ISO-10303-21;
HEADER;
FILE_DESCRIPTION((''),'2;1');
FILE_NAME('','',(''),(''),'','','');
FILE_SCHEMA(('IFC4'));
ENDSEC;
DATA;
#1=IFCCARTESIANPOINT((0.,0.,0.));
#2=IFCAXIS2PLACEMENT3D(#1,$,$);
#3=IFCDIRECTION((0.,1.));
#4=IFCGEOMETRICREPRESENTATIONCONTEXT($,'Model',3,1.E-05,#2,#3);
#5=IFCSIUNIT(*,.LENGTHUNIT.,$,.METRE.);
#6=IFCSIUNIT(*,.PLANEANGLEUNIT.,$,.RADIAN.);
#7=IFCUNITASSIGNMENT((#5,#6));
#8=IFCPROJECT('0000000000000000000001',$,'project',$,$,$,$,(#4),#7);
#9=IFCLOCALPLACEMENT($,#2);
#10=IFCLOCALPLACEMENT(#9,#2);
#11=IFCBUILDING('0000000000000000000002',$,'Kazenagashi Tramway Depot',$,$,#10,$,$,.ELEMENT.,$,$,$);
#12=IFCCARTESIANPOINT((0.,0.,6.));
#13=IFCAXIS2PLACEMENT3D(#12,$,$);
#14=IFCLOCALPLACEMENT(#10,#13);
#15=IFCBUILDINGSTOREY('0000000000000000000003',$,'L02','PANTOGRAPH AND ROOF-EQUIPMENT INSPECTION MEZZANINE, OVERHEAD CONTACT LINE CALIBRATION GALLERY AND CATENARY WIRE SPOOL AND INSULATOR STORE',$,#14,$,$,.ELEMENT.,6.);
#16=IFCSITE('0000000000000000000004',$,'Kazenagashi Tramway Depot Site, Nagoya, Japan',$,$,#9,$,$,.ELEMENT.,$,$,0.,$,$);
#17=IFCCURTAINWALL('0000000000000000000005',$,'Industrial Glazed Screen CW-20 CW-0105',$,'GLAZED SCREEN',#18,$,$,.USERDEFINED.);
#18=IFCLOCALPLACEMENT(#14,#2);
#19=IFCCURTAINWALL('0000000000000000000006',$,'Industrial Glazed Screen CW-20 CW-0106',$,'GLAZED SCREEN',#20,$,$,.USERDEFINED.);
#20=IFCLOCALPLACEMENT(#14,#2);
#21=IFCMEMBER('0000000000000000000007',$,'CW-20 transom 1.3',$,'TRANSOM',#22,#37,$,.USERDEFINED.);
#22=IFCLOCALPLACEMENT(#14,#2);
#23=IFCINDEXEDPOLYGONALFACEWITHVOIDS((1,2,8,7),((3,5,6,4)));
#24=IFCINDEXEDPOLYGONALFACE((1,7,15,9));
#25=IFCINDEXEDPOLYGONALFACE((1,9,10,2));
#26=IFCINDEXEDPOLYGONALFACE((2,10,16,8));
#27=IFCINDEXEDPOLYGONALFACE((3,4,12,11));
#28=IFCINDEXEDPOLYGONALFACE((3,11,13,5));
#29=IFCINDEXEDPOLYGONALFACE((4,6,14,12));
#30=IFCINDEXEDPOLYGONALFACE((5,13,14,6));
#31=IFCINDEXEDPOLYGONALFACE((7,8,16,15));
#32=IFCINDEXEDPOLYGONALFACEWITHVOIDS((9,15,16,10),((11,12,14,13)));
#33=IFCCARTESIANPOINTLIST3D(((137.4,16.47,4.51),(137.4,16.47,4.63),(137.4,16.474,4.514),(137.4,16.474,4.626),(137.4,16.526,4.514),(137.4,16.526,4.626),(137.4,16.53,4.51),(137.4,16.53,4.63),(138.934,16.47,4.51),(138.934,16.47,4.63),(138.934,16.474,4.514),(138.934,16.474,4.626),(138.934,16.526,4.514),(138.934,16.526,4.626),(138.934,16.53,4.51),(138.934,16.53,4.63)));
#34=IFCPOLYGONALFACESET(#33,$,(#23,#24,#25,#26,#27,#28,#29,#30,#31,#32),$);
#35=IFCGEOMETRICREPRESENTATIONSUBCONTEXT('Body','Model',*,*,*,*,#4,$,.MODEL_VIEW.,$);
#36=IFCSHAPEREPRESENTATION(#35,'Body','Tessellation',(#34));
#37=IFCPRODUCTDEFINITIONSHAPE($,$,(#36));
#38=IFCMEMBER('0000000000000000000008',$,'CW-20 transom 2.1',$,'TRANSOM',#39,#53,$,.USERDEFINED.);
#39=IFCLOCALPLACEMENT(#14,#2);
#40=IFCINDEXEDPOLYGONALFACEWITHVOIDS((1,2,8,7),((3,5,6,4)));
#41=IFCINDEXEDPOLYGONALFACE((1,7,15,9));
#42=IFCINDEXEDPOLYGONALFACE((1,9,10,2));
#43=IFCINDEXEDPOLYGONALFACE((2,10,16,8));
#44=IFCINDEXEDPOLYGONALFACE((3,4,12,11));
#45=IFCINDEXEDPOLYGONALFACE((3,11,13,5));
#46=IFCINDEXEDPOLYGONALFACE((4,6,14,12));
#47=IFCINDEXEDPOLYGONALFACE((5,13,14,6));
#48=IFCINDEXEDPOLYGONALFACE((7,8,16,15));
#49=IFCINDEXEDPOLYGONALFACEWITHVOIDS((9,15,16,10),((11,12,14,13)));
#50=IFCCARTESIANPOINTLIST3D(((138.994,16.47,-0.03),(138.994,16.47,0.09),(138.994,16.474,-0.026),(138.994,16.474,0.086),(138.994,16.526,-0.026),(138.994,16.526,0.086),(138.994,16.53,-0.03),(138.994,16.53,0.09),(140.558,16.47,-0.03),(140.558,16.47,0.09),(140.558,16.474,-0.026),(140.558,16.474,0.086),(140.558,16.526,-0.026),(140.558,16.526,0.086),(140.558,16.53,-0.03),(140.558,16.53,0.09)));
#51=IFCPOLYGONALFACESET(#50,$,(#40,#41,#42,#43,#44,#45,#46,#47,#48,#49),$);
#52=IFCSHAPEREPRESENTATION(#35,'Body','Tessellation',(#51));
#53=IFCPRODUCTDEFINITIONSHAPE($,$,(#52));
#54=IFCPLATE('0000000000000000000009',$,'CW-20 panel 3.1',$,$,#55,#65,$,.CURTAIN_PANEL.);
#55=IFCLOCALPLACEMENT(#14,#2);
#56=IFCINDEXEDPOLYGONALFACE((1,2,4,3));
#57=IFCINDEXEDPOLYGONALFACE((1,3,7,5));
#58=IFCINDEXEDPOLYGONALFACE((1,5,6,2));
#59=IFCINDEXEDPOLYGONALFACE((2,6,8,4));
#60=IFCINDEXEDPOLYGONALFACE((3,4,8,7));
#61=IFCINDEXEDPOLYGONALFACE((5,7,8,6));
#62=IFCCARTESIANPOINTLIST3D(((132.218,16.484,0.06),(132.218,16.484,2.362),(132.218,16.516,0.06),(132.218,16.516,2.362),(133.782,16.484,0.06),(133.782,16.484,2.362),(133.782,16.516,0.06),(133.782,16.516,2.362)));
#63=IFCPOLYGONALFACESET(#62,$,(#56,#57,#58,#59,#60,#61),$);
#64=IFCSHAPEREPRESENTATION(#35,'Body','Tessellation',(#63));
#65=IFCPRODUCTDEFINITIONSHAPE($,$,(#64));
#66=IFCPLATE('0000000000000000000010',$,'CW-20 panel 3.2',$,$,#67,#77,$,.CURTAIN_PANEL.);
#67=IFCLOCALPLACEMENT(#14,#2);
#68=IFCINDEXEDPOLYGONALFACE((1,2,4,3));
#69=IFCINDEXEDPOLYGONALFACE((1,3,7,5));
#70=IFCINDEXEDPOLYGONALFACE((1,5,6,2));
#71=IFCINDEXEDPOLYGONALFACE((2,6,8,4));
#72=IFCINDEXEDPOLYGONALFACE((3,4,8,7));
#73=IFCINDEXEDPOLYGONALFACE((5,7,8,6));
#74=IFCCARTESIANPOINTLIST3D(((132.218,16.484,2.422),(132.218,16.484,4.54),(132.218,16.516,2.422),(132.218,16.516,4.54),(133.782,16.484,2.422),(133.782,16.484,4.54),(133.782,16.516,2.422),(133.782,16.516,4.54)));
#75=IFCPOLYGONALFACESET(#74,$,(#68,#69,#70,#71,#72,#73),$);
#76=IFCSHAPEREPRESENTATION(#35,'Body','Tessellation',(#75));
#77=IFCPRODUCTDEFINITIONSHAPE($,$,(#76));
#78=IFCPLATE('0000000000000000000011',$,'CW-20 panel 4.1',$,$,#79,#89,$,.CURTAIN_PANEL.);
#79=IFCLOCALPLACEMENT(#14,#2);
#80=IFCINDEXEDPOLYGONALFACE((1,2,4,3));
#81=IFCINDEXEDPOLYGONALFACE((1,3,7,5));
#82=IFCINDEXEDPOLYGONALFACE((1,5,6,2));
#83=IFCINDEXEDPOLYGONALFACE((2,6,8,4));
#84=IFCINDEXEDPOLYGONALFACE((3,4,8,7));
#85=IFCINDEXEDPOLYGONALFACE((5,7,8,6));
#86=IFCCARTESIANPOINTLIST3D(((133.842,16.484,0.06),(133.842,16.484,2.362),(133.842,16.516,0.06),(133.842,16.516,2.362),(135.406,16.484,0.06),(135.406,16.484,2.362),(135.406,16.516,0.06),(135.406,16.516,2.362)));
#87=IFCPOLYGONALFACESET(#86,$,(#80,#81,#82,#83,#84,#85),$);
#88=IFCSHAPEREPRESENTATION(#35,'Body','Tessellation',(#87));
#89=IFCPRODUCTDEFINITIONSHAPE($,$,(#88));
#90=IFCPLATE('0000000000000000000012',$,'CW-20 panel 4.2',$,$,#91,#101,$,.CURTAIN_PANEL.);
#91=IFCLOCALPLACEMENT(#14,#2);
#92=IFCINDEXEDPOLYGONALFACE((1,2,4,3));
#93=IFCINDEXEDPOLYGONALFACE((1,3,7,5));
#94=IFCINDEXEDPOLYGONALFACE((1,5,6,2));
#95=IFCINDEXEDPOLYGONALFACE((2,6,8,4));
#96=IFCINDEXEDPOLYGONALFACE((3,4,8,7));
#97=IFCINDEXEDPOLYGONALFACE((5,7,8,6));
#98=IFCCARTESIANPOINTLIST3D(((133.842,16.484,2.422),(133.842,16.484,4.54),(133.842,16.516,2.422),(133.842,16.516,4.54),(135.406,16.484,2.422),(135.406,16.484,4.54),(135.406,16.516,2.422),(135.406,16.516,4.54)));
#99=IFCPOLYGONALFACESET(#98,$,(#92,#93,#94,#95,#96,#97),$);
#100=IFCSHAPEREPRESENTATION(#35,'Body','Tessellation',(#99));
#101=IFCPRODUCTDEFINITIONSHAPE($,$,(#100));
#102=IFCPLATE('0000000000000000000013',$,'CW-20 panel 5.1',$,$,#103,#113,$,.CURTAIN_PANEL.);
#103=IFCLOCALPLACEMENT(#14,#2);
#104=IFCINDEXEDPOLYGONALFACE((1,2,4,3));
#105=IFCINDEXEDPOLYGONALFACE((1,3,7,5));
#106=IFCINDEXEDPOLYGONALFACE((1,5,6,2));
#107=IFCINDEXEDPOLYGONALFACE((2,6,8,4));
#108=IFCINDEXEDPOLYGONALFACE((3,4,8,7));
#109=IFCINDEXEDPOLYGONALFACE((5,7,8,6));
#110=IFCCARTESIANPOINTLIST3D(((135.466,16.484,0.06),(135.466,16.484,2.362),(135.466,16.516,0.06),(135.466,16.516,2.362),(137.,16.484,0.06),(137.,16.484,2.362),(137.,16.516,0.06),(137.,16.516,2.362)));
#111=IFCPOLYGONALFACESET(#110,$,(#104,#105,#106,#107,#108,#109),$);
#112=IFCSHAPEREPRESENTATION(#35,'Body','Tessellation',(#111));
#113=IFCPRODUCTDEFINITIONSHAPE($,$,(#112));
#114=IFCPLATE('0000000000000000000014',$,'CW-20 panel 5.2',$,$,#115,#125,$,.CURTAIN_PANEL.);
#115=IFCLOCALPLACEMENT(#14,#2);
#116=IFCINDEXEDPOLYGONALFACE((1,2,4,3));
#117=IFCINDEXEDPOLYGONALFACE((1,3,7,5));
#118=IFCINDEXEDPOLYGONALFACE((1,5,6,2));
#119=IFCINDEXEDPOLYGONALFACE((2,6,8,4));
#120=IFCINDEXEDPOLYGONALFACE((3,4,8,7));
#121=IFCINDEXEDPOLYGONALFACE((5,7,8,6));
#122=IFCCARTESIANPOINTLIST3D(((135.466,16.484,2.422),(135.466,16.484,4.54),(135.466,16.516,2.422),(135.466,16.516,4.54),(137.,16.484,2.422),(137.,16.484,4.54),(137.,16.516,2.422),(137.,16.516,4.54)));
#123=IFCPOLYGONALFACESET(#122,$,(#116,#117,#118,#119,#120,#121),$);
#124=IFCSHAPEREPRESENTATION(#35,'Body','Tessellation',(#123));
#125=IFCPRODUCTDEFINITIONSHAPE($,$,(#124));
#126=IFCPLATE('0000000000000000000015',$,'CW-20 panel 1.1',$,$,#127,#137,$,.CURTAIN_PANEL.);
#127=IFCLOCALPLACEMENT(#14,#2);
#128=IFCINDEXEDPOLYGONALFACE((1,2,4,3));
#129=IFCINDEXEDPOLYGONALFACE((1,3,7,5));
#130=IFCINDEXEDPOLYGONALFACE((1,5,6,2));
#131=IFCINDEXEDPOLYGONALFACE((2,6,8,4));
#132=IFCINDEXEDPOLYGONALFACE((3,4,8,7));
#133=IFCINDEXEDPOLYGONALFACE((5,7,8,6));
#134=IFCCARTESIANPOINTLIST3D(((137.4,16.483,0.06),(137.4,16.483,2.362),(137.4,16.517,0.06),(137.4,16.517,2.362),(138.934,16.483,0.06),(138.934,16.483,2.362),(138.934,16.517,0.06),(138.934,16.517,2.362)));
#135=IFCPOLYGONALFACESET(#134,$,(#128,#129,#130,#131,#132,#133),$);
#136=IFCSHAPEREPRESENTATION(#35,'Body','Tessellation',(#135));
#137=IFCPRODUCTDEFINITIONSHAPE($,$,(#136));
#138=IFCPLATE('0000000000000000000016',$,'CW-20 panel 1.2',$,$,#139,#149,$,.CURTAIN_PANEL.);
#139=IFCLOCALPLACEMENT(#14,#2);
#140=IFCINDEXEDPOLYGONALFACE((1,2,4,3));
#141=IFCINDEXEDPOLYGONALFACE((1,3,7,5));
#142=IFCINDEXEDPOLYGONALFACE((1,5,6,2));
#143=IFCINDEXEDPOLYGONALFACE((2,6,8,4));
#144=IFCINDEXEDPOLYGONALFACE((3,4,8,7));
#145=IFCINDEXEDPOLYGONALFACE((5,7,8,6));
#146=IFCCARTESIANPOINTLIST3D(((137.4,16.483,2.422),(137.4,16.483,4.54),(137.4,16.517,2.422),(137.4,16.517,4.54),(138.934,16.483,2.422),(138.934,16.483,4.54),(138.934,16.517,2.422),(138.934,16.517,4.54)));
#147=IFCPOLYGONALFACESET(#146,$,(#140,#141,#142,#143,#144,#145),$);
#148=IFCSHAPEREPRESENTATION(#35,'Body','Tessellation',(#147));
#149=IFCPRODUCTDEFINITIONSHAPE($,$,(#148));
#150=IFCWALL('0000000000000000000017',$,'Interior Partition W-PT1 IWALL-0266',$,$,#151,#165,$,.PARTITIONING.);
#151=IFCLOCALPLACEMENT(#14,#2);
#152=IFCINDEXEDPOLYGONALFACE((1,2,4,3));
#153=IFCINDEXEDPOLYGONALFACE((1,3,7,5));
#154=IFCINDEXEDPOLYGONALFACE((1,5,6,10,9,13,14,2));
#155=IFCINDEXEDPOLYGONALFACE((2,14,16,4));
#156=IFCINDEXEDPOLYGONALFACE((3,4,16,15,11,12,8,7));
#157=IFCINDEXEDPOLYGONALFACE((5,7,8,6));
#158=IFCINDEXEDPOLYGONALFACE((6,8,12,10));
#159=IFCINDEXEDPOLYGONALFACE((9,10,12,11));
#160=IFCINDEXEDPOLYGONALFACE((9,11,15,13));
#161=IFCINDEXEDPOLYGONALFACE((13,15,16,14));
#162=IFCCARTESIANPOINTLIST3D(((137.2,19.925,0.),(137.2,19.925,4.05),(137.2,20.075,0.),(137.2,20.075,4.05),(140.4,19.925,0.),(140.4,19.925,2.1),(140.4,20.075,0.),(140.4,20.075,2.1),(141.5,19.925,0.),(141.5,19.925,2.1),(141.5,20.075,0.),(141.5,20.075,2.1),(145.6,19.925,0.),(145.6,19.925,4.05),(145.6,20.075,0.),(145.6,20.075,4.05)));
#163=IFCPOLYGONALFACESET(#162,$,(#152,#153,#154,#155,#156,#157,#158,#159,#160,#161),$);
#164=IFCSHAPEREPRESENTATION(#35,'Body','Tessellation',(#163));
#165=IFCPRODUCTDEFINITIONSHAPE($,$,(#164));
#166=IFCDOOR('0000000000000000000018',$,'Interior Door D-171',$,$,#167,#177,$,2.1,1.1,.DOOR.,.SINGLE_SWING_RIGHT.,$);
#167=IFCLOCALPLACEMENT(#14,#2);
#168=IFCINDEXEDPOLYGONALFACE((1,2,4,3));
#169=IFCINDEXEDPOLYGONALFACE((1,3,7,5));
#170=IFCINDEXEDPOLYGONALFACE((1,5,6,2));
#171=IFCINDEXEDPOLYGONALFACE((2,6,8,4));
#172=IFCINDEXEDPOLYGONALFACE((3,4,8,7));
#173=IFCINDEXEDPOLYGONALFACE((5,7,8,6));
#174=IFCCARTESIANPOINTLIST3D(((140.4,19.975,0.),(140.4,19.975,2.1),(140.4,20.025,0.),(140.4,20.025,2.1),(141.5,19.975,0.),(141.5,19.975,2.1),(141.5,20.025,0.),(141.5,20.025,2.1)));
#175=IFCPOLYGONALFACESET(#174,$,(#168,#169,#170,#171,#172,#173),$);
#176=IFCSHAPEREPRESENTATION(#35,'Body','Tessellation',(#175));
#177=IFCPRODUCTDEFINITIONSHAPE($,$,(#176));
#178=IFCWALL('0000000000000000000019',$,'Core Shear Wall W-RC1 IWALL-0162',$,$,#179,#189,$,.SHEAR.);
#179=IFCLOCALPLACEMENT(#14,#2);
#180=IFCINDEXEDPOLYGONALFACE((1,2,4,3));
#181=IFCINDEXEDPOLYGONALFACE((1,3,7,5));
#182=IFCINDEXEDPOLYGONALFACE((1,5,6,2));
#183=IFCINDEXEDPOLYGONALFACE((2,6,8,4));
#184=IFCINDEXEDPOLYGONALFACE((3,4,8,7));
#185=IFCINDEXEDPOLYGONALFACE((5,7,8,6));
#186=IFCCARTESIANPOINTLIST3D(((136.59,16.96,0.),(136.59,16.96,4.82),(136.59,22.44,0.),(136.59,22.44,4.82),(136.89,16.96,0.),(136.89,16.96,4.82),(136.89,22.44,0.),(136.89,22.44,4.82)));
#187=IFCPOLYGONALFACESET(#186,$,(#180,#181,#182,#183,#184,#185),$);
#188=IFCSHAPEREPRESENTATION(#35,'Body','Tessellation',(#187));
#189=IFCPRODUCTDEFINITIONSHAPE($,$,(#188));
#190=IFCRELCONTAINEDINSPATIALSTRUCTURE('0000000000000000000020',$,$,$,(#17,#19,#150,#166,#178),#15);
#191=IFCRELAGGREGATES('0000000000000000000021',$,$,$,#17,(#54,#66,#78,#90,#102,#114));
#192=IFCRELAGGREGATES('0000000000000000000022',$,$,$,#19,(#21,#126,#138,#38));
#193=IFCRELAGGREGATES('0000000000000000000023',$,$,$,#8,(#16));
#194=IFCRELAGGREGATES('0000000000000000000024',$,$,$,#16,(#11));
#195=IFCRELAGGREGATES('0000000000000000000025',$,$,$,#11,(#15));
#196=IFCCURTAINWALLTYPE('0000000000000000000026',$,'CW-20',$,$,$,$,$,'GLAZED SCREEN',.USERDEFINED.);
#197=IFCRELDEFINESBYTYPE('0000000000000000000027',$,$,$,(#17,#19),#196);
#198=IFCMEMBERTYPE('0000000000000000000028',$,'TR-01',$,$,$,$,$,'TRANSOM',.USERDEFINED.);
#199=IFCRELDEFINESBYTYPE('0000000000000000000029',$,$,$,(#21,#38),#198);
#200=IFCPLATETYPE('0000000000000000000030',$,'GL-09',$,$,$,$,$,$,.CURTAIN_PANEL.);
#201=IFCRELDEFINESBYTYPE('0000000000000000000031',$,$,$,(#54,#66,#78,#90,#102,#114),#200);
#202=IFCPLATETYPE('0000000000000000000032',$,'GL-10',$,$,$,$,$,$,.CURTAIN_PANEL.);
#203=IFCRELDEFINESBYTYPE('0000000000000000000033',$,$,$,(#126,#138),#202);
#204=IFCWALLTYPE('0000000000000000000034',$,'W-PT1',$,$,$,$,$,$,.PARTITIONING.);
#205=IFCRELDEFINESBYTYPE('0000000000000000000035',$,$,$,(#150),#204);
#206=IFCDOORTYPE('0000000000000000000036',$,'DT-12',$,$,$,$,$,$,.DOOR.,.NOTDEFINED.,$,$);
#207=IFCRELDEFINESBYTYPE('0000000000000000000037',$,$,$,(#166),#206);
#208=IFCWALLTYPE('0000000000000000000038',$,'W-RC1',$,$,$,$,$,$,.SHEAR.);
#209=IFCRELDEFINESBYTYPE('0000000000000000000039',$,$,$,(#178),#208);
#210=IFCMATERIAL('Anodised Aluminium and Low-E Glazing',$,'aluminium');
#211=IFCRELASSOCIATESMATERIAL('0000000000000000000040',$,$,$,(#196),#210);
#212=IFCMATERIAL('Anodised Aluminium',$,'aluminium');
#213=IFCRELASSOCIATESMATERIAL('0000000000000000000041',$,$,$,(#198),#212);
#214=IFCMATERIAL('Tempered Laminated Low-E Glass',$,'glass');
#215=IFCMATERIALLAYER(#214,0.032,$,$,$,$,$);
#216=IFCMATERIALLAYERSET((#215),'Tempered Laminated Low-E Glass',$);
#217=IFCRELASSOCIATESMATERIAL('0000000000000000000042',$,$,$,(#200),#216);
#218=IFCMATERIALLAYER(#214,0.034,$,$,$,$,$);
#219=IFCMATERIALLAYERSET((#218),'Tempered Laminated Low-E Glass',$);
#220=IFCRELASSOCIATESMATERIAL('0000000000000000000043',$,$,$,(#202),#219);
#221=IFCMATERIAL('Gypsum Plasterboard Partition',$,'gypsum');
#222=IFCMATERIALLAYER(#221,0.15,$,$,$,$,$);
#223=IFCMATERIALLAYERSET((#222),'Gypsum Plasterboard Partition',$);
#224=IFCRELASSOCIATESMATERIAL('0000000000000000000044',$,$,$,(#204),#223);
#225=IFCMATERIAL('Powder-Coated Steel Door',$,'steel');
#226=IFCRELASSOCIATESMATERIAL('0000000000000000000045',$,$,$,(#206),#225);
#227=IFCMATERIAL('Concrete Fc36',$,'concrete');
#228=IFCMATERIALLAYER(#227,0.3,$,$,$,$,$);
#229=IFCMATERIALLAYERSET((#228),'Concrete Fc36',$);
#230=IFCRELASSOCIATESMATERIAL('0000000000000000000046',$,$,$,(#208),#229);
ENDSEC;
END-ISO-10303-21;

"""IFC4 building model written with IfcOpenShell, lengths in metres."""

from ifc_helpers import new_model, si_unit, direction, frame, frame_2d, origin, origin_2d, place, context, subcontext, project, spatial, rectangle, hollow_rectangle, extrude, material, layer, layer_set, material_profile, profile_set, type_object, element, fill, aggregate, save


model = new_model("IFC4")

# Units and contexts
model_context = context("Model", 3, precision=1e-05, world=origin(), true_north=direction((0.0, 1.0)))
body_context = subcontext(model_context, "Body", "Model", "MODEL_VIEW")
ifc_project = project(units=[si_unit("LENGTHUNIT", "METRE"), si_unit("PLANEANGLEUNIT", "RADIAN")], contexts=[model_context])

# Site, building, storey
site_placement = place(None, origin())
site = spatial("IfcSite", under=ifc_project, at=site_placement, Name="Kazenagashi Tramway Depot Site, Nagoya, Japan", CompositionType="ELEMENT", RefElevation=0.0)
building_placement = place(site_placement, origin())
building = spatial("IfcBuilding", under=site, at=building_placement, Name="Kazenagashi Tramway Depot", CompositionType="ELEMENT")
storey_placement = place(building_placement, frame((0.0, 0.0, 6.0)))
storey = spatial("IfcBuildingStorey", under=building, at=storey_placement, Name="L02", Description="PANTOGRAPH AND ROOF-EQUIPMENT INSPECTION MEZZANINE, OVERHEAD CONTACT LINE CALIBRATION GALLERY AND CATENARY WIRE SPOOL AND INSULATOR STORE", CompositionType="ELEMENT", Elevation=6.0)

# Curtain walls
ifc_material_1 = material(Name="Anodised Aluminium and Low-E Glazing", Category="aluminium")
curtain_wall_type = type_object("IfcCurtainWallType", Name="CW-20", ElementType="GLAZED SCREEN", PredefinedType="USERDEFINED", material=ifc_material_1)
curtain_wall_1_placement = place(storey_placement, origin())
curtain_wall_1 = element("IfcCurtainWall", 1, at=curtain_wall_1_placement, inside=storey, type_object=curtain_wall_type, Name="Industrial Glazed Screen CW-20 CW-0105", ObjectType="GLAZED SCREEN", PredefinedType="USERDEFINED")
ifc_material_2 = material(Name="Anodised Aluminium", Category="aluminium")
curtain_wall_2_placement = place(storey_placement, origin())
curtain_wall_2 = element("IfcCurtainWall", 2, at=curtain_wall_2_placement, inside=storey, type_object=curtain_wall_type, Name="Industrial Glazed Screen CW-20 CW-0106", ObjectType="GLAZED SCREEN", PredefinedType="USERDEFINED")

# Members
ifc_material_profile_1 = material_profile(ifc_material_2, hollow_rectangle(XDim=0.06, YDim=0.12, WallThickness=0.004, at=origin_2d()), Name="RHS-120x60x4")
ifc_profile_set_1 = profile_set([ifc_material_profile_1], Name="Anodised Aluminium")
member_type_1 = type_object("IfcMemberType", Name="TR-01", ElementType="TRANSOM", PredefinedType="USERDEFINED", material=ifc_profile_set_1)
member_1_placement = place(storey_placement, frame((137.4, 16.5, 4.57), z_axis=(1.0, 0.0, 0.0), x_axis=(0.0, 1.0, 0.0)))
member_1 = element("IfcMember", 3, at=member_1_placement, type_object=member_type_1, Name="CW-20 transom 1.3", ObjectType="TRANSOM", PredefinedType="USERDEFINED", context=body_context, shape_type="SweptSolid", body=[
    extrude(hollow_rectangle(XDim=0.06, YDim=0.12, WallThickness=0.004, at=origin_2d()), origin(), (0.0, 0.0, 1.0), 1.534),
])
member_2_placement = place(storey_placement, frame((138.994, 16.5, 0.03), z_axis=(1.0, 0.0, 0.0), x_axis=(0.0, 1.0, 0.0)))
member_2 = element("IfcMember", 4, at=member_2_placement, type_object=member_type_1, Name="CW-20 transom 2.1", ObjectType="TRANSOM", PredefinedType="USERDEFINED", context=body_context, shape_type="SweptSolid", body=[
    extrude(hollow_rectangle(XDim=0.06, YDim=0.12, WallThickness=0.004, at=origin_2d()), origin(), (0.0, 0.0, 1.0), 1.564),
])

# Plates
ifc_material_3 = material(Name="Tempered Laminated Low-E Glass", Category="glass")
ifc_layer_1 = layer(ifc_material_3, 0.032)
ifc_layer_set_1 = layer_set([ifc_layer_1], Name="Tempered Laminated Low-E Glass")
plate_type_1 = type_object("IfcPlateType", Name="GL-09", PredefinedType="CURTAIN_PANEL", material=ifc_layer_set_1)
plate_1_placement = place(storey_placement, frame((133.0, 16.5, 0.06), z_axis=(0.0, 0.0, 1.0), x_axis=(1.0, 0.0, 0.0)))
plate_1 = element("IfcPlate", 5, at=plate_1_placement, type_object=plate_type_1, Name="CW-20 panel 3.1", PredefinedType="CURTAIN_PANEL", context=body_context, shape_type="SweptSolid", body=[
    extrude(rectangle(XDim=1.564, YDim=0.032, at=origin_2d()), origin(), (0.0, 0.0, 1.0), 2.302),
])
plate_2_placement = place(storey_placement, frame((133.0, 16.5, 2.422), z_axis=(0.0, 0.0, 1.0), x_axis=(1.0, 0.0, 0.0)))
plate_2 = element("IfcPlate", 6, at=plate_2_placement, type_object=plate_type_1, Name="CW-20 panel 3.2", PredefinedType="CURTAIN_PANEL", context=body_context, shape_type="SweptSolid", body=[
    extrude(rectangle(XDim=1.564, YDim=0.032, at=origin_2d()), origin(), (0.0, 0.0, 1.0), 2.118),
])
plate_3_placement = place(storey_placement, frame((134.624, 16.5, 0.06), z_axis=(0.0, 0.0, 1.0), x_axis=(1.0, 0.0, 0.0)))
plate_3 = element("IfcPlate", 7, at=plate_3_placement, type_object=plate_type_1, Name="CW-20 panel 4.1", PredefinedType="CURTAIN_PANEL", context=body_context, shape_type="SweptSolid", body=[
    extrude(rectangle(XDim=1.564, YDim=0.032, at=origin_2d()), origin(), (0.0, 0.0, 1.0), 2.302),
])
plate_4_placement = place(storey_placement, frame((134.624, 16.5, 2.422), z_axis=(0.0, 0.0, 1.0), x_axis=(1.0, 0.0, 0.0)))
plate_4 = element("IfcPlate", 8, at=plate_4_placement, type_object=plate_type_1, Name="CW-20 panel 4.2", PredefinedType="CURTAIN_PANEL", context=body_context, shape_type="SweptSolid", body=[
    extrude(rectangle(XDim=1.564, YDim=0.032, at=origin_2d()), origin(), (0.0, 0.0, 1.0), 2.118),
])
plate_5_placement = place(storey_placement, frame((136.233, 16.5, 0.06), z_axis=(0.0, 0.0, 1.0), x_axis=(1.0, 0.0, 0.0)))
plate_5 = element("IfcPlate", 9, at=plate_5_placement, type_object=plate_type_1, Name="CW-20 panel 5.1", PredefinedType="CURTAIN_PANEL", context=body_context, shape_type="SweptSolid", body=[
    extrude(rectangle(XDim=1.534, YDim=0.032, at=origin_2d()), origin(), (0.0, 0.0, 1.0), 2.302),
])
plate_6_placement = place(storey_placement, frame((136.233, 16.5, 2.422), z_axis=(0.0, 0.0, 1.0), x_axis=(1.0, 0.0, 0.0)))
plate_6 = element("IfcPlate", 10, at=plate_6_placement, type_object=plate_type_1, Name="CW-20 panel 5.2", PredefinedType="CURTAIN_PANEL", context=body_context, shape_type="SweptSolid", body=[
    extrude(rectangle(XDim=1.534, YDim=0.032, at=origin_2d()), origin(), (0.0, 0.0, 1.0), 2.118),
])
aggregate(curtain_wall_1, [plate_1, plate_2, plate_3, plate_4, plate_5, plate_6])
ifc_layer_2 = layer(ifc_material_3, 0.034)
ifc_layer_set_2 = layer_set([ifc_layer_2], Name="Tempered Laminated Low-E Glass")
plate_type_2 = type_object("IfcPlateType", Name="GL-10", PredefinedType="CURTAIN_PANEL", material=ifc_layer_set_2)
plate_7_placement = place(storey_placement, frame((138.167, 16.5, 0.06), z_axis=(0.0, 0.0, 1.0), x_axis=(1.0, 0.0, 0.0)))
plate_7 = element("IfcPlate", 11, at=plate_7_placement, type_object=plate_type_2, Name="CW-20 panel 1.1", PredefinedType="CURTAIN_PANEL", context=body_context, shape_type="SweptSolid", body=[
    extrude(rectangle(XDim=1.534, YDim=0.034, at=origin_2d()), origin(), (0.0, 0.0, 1.0), 2.302),
])
plate_8_placement = place(storey_placement, frame((138.167, 16.5, 2.422), z_axis=(0.0, 0.0, 1.0), x_axis=(1.0, 0.0, 0.0)))
plate_8 = element("IfcPlate", 12, at=plate_8_placement, type_object=plate_type_2, Name="CW-20 panel 1.2", PredefinedType="CURTAIN_PANEL", context=body_context, shape_type="SweptSolid", body=[
    extrude(rectangle(XDim=1.534, YDim=0.034, at=origin_2d()), origin(), (0.0, 0.0, 1.0), 2.118),
])
aggregate(curtain_wall_2, [member_1, plate_7, plate_8, member_2])

# Wall, opening, door
ifc_material_4 = material(Name="Gypsum Plasterboard Partition", Category="gypsum")
ifc_layer_3 = layer(ifc_material_4, 0.15)
ifc_layer_set_3 = layer_set([ifc_layer_3], Name="Gypsum Plasterboard Partition")
wall_type_1 = type_object("IfcWallType", Name="W-PT1", PredefinedType="PARTITIONING", material=ifc_layer_set_3)
wall_1_placement = place(storey_placement, frame((137.2, 20.0, 0.0), z_axis=(0.0, 0.0, 1.0), x_axis=(1.0, 0.0, 0.0)))
wall_1 = element("IfcWall", 13, at=wall_1_placement, inside=storey, type_object=wall_type_1, Name="Interior Partition W-PT1 IWALL-0266", PredefinedType="PARTITIONING", context=body_context, shape_type="SweptSolid", body=[
    extrude(rectangle(XDim=8.4, YDim=0.15, at=frame_2d((4.2, 0.0))), origin(), (0.0, 0.0, 1.0), 4.05),
])
opening_1_placement = place(wall_1_placement, frame((3.2, 0.0, 0.0)))
opening_1 = element("IfcOpeningElement", 14, at=opening_1_placement, cuts=wall_1, PredefinedType="OPENING", context=body_context, shape_type="SweptSolid", body=[
    extrude(rectangle(XDim=1.1, YDim=2.1, at=frame_2d((0.55, 1.05))), frame((0.0, 0.085, 0.0), z_axis=(0.0, -1.0, 0.0), x_axis=(1.0, 0.0, 0.0)), (0.0, 0.0, 1.0), 0.17),
])
ifc_material_5 = material(Name="Powder-Coated Steel Door", Category="steel")
door_type_1 = type_object("IfcDoorType", Name="DT-12", OperationType="NOTDEFINED", PredefinedType="DOOR", material=ifc_material_5)
door_1_placement = place(opening_1_placement, origin())
door_1 = element("IfcDoor", 15, at=door_1_placement, inside=storey, type_object=door_type_1, Name="Interior Door D-171", OperationType="SINGLE_SWING_RIGHT", OverallHeight=2.1, OverallWidth=1.1, PredefinedType="DOOR", context=body_context, shape_type="SweptSolid", body=[
    extrude(rectangle(XDim=1.1, YDim=2.1, at=frame_2d((0.55, 1.05))), frame((0.0, 0.025, 0.0), z_axis=(0.0, -1.0, 0.0), x_axis=(1.0, 0.0, 0.0)), (0.0, 0.0, 1.0), 0.05),
])
fill(opening_1, door_1)

# Wall
ifc_material_6 = material(Name="Concrete Fc36", Category="concrete")
ifc_layer_4 = layer(ifc_material_6, 0.3)
ifc_layer_set_4 = layer_set([ifc_layer_4], Name="Concrete Fc36")
wall_type_2 = type_object("IfcWallType", Name="W-RC1", PredefinedType="SHEAR", material=ifc_layer_set_4)
wall_2_placement = place(storey_placement, frame((136.74, 16.96, 0.0), z_axis=(0.0, 0.0, 1.0), x_axis=(0.0, 1.0, 0.0)))
element("IfcWall", 16, at=wall_2_placement, inside=storey, type_object=wall_type_2, Name="Core Shear Wall W-RC1 IWALL-0162", PredefinedType="SHEAR", context=body_context, shape_type="SweptSolid", body=[
    extrude(rectangle(XDim=5.48, YDim=0.3, at=frame_2d((2.74, 0.0))), origin(), (0.0, 0.0, 1.0), 4.82),
])

save(model, "model.ifc")
